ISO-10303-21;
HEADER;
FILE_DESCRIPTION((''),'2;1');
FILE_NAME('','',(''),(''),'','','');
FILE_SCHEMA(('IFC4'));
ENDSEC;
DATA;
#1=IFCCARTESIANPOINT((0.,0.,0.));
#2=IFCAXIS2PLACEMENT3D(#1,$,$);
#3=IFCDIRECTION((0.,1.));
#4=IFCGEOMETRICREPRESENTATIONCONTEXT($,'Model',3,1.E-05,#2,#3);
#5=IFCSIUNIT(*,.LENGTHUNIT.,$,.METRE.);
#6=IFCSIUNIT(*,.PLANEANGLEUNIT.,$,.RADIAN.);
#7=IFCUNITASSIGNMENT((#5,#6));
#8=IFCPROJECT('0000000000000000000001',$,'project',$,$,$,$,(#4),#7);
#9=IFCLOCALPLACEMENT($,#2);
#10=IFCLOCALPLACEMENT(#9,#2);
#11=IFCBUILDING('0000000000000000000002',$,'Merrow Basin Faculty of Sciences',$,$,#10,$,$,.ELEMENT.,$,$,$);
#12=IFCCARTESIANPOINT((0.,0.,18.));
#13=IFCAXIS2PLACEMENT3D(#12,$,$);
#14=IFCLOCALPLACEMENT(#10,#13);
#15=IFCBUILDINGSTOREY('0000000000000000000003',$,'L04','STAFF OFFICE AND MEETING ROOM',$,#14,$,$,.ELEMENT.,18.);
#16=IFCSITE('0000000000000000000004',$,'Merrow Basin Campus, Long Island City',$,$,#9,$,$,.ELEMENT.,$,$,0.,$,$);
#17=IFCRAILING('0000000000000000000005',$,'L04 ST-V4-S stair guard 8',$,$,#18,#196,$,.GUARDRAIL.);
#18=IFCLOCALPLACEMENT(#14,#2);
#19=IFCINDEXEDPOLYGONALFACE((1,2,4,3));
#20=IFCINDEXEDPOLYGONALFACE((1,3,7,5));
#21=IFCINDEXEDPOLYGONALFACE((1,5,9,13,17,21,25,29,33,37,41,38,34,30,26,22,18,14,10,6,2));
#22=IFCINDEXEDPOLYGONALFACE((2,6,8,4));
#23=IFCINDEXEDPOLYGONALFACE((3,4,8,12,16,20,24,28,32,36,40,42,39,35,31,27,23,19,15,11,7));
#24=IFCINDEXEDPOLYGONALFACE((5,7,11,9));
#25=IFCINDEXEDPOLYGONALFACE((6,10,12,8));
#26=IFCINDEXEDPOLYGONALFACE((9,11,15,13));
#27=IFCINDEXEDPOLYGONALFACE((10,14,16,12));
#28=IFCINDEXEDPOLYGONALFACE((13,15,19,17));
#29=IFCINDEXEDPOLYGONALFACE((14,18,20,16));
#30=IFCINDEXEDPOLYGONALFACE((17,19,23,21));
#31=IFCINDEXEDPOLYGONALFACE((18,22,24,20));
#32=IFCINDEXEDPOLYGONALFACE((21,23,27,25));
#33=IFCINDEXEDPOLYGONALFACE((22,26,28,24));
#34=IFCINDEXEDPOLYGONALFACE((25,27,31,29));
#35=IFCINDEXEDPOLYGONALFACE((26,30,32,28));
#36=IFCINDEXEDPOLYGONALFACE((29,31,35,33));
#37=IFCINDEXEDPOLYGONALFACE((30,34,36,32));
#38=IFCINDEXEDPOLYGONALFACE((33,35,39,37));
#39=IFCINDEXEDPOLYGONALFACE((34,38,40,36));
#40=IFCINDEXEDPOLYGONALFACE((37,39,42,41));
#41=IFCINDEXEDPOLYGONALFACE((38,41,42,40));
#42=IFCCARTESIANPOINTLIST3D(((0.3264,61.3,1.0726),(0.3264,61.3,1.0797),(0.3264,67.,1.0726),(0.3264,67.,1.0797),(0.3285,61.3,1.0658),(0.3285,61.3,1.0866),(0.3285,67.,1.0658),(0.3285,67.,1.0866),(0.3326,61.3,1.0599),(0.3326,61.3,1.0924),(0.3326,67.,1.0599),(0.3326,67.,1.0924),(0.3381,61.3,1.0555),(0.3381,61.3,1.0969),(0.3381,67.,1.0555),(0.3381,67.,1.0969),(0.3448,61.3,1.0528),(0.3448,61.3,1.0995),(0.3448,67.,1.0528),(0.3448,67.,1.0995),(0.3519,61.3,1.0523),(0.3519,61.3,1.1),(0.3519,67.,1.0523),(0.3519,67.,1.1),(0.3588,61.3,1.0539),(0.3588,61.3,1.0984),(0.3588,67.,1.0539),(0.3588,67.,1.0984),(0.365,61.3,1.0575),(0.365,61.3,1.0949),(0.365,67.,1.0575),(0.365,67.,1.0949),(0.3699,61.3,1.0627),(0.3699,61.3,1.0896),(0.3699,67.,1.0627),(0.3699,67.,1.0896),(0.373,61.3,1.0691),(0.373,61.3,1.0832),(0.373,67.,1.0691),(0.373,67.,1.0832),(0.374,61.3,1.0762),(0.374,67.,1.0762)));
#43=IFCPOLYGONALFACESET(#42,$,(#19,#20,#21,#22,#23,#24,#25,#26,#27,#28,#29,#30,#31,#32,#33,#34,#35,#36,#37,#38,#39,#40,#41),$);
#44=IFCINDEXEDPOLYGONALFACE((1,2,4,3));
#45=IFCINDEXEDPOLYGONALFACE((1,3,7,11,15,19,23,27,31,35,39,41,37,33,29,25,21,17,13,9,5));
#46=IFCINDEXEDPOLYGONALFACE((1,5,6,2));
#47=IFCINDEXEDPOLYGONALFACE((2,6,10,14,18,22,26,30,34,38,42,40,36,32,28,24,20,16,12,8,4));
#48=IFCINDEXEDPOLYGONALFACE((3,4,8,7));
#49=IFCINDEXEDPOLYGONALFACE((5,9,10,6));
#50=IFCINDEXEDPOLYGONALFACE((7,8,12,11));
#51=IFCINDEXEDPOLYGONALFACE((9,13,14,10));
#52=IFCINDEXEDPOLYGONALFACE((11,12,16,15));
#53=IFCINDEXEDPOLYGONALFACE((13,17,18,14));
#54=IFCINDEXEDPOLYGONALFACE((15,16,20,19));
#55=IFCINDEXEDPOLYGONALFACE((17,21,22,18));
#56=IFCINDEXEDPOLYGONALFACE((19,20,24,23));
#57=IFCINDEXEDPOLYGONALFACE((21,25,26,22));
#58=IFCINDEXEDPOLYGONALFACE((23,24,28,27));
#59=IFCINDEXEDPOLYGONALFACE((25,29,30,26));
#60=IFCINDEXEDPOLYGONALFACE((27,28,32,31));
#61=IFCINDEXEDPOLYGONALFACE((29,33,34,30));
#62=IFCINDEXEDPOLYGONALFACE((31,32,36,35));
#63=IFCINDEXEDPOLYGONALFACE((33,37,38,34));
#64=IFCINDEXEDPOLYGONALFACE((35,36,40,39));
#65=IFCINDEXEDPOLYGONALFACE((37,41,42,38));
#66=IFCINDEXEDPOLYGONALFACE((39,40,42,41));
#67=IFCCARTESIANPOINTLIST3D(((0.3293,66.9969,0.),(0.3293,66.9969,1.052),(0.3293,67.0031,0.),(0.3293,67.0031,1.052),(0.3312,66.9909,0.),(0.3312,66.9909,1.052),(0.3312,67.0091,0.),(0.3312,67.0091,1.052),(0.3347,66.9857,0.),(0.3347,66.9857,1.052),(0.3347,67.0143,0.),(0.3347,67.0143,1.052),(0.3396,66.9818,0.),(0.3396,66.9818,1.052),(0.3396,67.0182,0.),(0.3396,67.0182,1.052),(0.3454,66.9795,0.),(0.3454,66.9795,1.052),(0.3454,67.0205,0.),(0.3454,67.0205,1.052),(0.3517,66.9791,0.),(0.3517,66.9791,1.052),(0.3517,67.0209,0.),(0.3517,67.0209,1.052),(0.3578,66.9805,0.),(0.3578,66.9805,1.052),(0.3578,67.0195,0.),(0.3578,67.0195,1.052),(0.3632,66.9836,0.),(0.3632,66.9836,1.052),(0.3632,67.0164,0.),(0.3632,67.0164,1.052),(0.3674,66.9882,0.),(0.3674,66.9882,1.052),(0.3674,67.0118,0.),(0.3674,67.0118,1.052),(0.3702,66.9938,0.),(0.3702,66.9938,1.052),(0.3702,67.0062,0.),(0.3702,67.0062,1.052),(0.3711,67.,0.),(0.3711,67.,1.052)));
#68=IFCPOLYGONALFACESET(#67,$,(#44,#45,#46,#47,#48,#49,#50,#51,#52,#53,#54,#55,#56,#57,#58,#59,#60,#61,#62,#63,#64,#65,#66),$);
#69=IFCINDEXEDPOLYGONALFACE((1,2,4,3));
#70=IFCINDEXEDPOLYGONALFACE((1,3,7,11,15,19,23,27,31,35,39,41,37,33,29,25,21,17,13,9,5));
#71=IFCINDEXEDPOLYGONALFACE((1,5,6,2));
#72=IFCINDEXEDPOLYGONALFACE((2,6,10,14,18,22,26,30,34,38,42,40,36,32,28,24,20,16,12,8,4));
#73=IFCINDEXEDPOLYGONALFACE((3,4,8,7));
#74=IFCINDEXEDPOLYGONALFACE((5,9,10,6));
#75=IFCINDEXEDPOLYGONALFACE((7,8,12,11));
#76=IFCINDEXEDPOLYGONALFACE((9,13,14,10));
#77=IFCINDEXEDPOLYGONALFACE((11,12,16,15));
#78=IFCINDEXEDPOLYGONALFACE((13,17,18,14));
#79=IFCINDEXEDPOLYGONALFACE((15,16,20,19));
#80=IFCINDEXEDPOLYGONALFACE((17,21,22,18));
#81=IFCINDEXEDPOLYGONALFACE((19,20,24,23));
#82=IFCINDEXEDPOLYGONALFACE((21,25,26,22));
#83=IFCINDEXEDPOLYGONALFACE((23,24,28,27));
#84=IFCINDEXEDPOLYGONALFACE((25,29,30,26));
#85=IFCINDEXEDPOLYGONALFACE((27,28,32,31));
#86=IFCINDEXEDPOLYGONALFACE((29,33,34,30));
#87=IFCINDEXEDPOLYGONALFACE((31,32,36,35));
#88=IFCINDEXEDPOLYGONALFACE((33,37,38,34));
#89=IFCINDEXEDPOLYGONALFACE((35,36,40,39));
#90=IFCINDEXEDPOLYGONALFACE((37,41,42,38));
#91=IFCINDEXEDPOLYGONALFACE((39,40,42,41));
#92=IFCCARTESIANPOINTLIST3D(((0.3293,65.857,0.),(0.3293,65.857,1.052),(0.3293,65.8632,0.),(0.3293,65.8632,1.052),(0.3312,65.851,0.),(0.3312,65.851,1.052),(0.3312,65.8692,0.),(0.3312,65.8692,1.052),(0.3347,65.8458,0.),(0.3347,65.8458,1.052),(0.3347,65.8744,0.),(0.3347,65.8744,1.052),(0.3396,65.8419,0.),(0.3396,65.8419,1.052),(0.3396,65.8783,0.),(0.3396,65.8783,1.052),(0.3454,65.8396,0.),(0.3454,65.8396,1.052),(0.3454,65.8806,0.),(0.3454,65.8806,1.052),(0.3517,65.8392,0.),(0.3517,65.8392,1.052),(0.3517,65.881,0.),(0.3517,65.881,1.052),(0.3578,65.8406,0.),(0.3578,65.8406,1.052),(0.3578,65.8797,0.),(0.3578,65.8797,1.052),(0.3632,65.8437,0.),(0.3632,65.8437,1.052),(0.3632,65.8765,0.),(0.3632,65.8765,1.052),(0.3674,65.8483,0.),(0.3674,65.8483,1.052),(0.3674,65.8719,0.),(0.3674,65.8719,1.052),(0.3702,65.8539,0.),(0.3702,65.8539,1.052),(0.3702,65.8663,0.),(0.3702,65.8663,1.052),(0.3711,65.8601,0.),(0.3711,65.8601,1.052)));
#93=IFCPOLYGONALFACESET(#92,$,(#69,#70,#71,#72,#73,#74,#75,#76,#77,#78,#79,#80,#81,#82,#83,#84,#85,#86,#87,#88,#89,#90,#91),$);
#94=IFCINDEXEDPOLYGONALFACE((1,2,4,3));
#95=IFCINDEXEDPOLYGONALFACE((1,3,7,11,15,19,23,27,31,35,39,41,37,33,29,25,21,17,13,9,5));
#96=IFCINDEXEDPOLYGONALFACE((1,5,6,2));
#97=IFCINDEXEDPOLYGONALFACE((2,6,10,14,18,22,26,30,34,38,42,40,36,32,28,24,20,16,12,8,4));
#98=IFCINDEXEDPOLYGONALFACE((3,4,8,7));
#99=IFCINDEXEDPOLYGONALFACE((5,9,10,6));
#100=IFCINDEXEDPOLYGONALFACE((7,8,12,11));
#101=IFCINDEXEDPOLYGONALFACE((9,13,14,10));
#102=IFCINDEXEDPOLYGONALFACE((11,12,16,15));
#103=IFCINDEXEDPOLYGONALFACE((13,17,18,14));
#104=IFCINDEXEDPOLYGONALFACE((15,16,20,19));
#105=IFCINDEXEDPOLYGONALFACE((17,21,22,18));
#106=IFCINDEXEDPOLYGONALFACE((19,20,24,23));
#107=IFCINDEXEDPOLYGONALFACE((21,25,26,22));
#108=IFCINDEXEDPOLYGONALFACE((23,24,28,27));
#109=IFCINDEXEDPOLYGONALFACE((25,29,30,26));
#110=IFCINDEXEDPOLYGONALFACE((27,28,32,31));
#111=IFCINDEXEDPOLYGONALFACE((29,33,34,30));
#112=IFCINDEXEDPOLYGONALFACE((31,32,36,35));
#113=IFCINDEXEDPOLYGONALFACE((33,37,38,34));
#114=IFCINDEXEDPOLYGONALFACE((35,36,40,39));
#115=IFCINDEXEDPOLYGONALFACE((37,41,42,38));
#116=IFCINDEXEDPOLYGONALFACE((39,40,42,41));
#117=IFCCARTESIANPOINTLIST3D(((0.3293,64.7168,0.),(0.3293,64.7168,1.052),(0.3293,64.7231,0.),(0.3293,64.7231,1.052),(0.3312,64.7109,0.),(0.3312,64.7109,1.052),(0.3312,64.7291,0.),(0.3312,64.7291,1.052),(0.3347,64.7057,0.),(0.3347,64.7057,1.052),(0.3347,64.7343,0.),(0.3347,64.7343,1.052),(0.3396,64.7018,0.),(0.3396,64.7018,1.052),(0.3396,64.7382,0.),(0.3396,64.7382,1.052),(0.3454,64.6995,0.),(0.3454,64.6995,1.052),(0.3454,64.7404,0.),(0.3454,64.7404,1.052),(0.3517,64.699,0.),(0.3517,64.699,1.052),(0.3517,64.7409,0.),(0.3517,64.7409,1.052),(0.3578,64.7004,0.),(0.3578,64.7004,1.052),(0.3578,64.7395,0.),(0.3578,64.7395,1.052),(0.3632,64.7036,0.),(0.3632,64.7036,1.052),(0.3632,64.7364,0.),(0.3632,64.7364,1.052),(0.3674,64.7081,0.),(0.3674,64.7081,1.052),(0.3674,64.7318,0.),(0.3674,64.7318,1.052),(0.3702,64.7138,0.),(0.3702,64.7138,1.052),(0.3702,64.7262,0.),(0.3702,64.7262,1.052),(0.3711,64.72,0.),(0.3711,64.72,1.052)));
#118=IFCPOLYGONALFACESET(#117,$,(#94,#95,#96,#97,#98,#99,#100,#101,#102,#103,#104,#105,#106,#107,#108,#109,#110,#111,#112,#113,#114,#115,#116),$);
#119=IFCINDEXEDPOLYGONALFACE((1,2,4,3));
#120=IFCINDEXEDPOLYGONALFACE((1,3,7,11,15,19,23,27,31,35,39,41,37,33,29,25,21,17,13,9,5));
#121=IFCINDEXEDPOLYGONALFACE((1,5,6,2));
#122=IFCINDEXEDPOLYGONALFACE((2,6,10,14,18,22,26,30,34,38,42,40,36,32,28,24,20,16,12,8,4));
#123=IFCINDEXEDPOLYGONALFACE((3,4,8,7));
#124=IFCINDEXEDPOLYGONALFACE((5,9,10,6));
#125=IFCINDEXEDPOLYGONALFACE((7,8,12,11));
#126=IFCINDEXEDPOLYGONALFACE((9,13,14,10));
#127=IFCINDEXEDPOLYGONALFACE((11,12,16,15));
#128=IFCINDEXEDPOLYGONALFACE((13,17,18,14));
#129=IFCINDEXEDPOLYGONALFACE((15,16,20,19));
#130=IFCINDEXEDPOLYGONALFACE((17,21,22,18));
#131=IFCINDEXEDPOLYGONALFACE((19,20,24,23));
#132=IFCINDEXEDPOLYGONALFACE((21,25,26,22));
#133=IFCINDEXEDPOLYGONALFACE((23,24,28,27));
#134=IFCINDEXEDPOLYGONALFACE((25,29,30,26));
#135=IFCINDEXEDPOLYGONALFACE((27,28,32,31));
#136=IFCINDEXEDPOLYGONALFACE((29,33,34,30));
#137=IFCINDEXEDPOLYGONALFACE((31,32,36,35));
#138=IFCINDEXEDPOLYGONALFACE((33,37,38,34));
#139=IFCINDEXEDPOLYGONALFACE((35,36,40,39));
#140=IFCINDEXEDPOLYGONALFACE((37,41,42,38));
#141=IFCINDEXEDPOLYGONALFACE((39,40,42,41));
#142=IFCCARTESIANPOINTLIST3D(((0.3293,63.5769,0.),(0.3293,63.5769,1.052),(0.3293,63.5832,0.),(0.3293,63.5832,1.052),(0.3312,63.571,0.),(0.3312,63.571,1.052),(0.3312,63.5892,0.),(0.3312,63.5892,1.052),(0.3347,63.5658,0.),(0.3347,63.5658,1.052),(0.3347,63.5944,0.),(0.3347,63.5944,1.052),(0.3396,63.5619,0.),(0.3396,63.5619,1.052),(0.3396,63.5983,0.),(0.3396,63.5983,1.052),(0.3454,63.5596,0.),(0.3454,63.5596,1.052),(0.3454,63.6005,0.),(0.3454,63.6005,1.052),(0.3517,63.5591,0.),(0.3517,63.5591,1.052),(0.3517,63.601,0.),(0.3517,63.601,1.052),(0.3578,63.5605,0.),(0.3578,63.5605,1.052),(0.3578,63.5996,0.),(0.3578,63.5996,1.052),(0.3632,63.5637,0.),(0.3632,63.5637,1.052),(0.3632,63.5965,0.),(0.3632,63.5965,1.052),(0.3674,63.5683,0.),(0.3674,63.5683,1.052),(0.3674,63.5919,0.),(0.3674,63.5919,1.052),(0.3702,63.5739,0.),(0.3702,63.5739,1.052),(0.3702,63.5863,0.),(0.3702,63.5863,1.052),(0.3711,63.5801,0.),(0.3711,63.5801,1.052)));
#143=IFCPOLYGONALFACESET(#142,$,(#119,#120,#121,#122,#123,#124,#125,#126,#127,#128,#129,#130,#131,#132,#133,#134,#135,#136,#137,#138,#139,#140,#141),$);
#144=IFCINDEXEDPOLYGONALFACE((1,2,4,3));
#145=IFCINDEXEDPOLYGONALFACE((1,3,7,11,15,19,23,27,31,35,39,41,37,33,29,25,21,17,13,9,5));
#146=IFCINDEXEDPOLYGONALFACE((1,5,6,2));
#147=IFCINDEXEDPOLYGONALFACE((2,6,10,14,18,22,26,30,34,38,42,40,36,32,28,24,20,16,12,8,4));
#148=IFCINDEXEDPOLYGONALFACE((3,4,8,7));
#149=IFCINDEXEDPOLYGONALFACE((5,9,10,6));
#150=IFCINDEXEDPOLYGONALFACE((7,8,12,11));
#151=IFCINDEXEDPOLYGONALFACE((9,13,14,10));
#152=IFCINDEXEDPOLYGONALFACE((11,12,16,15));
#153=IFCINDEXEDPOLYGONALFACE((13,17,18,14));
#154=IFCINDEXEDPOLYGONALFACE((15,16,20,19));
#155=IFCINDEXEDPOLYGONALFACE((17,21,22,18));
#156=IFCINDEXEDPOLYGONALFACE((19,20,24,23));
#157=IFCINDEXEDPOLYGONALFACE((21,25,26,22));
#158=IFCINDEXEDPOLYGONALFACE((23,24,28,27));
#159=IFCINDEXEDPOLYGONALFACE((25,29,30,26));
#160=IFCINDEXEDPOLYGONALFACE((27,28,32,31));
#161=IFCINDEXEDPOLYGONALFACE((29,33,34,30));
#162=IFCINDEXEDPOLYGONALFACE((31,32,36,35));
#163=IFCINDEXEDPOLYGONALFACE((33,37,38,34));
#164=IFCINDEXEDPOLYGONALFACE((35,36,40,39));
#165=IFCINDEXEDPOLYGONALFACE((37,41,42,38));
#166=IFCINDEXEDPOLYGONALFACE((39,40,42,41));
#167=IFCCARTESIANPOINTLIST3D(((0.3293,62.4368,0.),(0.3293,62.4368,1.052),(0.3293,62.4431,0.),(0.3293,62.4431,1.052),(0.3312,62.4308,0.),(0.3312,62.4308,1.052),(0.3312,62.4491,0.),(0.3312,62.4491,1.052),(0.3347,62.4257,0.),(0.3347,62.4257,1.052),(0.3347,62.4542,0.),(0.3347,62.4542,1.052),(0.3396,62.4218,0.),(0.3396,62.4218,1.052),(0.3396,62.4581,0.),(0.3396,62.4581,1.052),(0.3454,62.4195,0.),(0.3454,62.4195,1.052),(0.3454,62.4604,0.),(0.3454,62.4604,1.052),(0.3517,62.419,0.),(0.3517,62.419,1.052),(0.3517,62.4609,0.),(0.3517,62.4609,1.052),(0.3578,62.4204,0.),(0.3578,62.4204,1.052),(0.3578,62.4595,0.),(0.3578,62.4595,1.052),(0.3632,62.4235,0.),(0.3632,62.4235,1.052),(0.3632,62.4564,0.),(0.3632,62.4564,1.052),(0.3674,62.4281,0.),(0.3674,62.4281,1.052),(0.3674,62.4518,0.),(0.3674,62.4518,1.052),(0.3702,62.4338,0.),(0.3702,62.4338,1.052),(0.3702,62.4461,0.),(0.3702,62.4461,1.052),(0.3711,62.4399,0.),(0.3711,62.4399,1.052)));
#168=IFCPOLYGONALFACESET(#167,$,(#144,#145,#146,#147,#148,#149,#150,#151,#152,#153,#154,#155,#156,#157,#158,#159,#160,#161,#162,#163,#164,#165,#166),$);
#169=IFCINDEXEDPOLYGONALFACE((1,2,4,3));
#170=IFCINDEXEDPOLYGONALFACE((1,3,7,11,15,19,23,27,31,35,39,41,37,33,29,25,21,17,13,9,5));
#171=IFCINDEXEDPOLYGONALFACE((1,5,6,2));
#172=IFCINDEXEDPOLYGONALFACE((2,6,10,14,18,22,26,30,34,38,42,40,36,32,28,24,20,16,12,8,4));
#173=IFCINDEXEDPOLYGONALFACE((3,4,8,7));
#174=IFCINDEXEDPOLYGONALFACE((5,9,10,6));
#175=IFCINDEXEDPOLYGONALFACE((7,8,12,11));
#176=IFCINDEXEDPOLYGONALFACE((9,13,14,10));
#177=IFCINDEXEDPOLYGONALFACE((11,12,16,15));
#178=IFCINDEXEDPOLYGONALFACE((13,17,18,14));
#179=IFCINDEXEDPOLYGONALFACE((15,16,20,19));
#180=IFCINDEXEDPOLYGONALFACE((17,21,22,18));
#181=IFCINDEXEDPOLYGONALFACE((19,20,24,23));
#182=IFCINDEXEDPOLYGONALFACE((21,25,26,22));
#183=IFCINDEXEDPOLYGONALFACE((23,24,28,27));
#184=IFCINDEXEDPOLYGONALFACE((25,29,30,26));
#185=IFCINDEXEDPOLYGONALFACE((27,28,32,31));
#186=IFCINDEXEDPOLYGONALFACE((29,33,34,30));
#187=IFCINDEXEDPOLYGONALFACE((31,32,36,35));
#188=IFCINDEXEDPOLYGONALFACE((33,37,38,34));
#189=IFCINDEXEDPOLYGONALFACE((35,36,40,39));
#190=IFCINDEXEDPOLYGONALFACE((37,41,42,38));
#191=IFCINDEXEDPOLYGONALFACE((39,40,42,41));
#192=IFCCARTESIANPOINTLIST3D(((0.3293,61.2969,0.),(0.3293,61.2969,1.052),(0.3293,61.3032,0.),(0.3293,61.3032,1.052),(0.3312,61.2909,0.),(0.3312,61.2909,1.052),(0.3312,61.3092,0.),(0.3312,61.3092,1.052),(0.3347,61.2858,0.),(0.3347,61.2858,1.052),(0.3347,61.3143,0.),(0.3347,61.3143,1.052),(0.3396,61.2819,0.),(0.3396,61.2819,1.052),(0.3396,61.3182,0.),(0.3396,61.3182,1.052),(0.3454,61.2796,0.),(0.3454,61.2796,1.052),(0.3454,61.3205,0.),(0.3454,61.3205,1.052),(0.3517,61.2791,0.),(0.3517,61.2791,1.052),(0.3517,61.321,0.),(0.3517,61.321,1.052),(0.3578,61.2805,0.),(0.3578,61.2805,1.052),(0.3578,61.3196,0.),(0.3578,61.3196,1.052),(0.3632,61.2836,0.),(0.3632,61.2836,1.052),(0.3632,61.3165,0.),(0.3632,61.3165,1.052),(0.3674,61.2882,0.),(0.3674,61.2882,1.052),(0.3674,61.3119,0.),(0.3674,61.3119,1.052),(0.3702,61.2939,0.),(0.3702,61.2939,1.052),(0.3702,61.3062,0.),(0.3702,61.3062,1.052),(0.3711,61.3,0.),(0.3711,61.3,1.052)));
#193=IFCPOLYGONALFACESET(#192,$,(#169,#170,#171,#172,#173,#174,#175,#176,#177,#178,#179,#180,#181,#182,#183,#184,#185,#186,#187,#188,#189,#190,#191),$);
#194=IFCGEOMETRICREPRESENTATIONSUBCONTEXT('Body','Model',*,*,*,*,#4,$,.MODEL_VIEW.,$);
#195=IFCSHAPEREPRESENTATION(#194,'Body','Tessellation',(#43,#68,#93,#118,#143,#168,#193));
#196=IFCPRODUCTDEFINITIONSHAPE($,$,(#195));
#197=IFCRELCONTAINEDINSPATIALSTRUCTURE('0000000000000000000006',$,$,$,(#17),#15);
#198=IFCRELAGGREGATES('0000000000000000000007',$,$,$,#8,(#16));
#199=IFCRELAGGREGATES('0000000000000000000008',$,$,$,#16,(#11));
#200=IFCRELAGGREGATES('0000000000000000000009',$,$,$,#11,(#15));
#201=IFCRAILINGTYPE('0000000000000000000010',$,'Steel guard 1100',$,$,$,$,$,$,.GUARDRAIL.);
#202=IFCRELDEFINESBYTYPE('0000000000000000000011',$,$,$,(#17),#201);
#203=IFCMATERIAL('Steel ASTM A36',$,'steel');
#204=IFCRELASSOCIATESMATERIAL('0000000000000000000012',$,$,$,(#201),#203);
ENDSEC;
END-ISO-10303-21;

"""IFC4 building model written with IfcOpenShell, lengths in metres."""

from ifc_helpers import new_model, si_unit, direction, frame, origin, origin_2d, place, context, subcontext, project, spatial, circle, extrude, material, type_object, element, save


model = new_model("IFC4")

# Units and contexts
model_context = context("Model", 3, precision=1e-05, world=origin(), true_north=direction((0.0, 1.0)))
body_context = subcontext(model_context, "Body", "Model", "MODEL_VIEW")
ifc_project = project(units=[si_unit("LENGTHUNIT", "METRE"), si_unit("PLANEANGLEUNIT", "RADIAN")], contexts=[model_context])

# Site, building, storey
site_placement = place(None, origin())
site = spatial("IfcSite", under=ifc_project, at=site_placement, Name="Merrow Basin Campus, Long Island City", CompositionType="ELEMENT", RefElevation=0.0)
building_placement = place(site_placement, origin())
building = spatial("IfcBuilding", under=site, at=building_placement, Name="Merrow Basin Faculty of Sciences", CompositionType="ELEMENT")
storey_placement = place(building_placement, frame((0.0, 0.0, 18.0)))
storey = spatial("IfcBuildingStorey", under=building, at=storey_placement, Name="L04", Description="STAFF OFFICE AND MEETING ROOM", CompositionType="ELEMENT", Elevation=18.0)

# Railing
ifc_material_1 = material(Name="Steel ASTM A36", Category="steel")
railing_type_1 = type_object("IfcRailingType", Name="Steel guard 1100", PredefinedType="GUARDRAIL", material=ifc_material_1)
railing_1_placement = place(storey_placement, frame((0.3501, 67.0, 0.0)))
element("IfcRailing", 1, at=railing_1_placement, inside=storey, type_object=railing_type_1, Name="L04 ST-V4-S stair guard 8", PredefinedType="GUARDRAIL", context=body_context, shape_type="SweptSolid", body=[
    extrude(circle(Radius=0.0239, at=origin_2d()), frame((0.0, 0.0, 1.0762), z_axis=(0.0, -1.0, 0.0), x_axis=(1.0, 0.0, 0.0)), (0.0, 0.0, 1.0), 5.7),
    extrude(circle(Radius=0.021, at=origin_2d()), origin(), (0.0, 0.0, 1.0), 1.052),
    extrude(circle(Radius=0.021, at=origin_2d()), frame((0.0, -1.1399, 0.0)), (0.0, 0.0, 1.0), 1.052),
    extrude(circle(Radius=0.021, at=origin_2d()), frame((0.0, -2.28, 0.0)), (0.0, 0.0, 1.0), 1.052),
    extrude(circle(Radius=0.021, at=origin_2d()), frame((0.0, -3.4199, 0.0)), (0.0, 0.0, 1.0), 1.052),
    extrude(circle(Radius=0.021, at=origin_2d()), frame((0.0, -4.5601, 0.0)), (0.0, 0.0, 1.0), 1.052),
    extrude(circle(Radius=0.021, at=origin_2d()), frame((0.0, -5.7, 0.0)), (0.0, 0.0, 1.0), 1.052),
])

save(model, "model.ifc")
